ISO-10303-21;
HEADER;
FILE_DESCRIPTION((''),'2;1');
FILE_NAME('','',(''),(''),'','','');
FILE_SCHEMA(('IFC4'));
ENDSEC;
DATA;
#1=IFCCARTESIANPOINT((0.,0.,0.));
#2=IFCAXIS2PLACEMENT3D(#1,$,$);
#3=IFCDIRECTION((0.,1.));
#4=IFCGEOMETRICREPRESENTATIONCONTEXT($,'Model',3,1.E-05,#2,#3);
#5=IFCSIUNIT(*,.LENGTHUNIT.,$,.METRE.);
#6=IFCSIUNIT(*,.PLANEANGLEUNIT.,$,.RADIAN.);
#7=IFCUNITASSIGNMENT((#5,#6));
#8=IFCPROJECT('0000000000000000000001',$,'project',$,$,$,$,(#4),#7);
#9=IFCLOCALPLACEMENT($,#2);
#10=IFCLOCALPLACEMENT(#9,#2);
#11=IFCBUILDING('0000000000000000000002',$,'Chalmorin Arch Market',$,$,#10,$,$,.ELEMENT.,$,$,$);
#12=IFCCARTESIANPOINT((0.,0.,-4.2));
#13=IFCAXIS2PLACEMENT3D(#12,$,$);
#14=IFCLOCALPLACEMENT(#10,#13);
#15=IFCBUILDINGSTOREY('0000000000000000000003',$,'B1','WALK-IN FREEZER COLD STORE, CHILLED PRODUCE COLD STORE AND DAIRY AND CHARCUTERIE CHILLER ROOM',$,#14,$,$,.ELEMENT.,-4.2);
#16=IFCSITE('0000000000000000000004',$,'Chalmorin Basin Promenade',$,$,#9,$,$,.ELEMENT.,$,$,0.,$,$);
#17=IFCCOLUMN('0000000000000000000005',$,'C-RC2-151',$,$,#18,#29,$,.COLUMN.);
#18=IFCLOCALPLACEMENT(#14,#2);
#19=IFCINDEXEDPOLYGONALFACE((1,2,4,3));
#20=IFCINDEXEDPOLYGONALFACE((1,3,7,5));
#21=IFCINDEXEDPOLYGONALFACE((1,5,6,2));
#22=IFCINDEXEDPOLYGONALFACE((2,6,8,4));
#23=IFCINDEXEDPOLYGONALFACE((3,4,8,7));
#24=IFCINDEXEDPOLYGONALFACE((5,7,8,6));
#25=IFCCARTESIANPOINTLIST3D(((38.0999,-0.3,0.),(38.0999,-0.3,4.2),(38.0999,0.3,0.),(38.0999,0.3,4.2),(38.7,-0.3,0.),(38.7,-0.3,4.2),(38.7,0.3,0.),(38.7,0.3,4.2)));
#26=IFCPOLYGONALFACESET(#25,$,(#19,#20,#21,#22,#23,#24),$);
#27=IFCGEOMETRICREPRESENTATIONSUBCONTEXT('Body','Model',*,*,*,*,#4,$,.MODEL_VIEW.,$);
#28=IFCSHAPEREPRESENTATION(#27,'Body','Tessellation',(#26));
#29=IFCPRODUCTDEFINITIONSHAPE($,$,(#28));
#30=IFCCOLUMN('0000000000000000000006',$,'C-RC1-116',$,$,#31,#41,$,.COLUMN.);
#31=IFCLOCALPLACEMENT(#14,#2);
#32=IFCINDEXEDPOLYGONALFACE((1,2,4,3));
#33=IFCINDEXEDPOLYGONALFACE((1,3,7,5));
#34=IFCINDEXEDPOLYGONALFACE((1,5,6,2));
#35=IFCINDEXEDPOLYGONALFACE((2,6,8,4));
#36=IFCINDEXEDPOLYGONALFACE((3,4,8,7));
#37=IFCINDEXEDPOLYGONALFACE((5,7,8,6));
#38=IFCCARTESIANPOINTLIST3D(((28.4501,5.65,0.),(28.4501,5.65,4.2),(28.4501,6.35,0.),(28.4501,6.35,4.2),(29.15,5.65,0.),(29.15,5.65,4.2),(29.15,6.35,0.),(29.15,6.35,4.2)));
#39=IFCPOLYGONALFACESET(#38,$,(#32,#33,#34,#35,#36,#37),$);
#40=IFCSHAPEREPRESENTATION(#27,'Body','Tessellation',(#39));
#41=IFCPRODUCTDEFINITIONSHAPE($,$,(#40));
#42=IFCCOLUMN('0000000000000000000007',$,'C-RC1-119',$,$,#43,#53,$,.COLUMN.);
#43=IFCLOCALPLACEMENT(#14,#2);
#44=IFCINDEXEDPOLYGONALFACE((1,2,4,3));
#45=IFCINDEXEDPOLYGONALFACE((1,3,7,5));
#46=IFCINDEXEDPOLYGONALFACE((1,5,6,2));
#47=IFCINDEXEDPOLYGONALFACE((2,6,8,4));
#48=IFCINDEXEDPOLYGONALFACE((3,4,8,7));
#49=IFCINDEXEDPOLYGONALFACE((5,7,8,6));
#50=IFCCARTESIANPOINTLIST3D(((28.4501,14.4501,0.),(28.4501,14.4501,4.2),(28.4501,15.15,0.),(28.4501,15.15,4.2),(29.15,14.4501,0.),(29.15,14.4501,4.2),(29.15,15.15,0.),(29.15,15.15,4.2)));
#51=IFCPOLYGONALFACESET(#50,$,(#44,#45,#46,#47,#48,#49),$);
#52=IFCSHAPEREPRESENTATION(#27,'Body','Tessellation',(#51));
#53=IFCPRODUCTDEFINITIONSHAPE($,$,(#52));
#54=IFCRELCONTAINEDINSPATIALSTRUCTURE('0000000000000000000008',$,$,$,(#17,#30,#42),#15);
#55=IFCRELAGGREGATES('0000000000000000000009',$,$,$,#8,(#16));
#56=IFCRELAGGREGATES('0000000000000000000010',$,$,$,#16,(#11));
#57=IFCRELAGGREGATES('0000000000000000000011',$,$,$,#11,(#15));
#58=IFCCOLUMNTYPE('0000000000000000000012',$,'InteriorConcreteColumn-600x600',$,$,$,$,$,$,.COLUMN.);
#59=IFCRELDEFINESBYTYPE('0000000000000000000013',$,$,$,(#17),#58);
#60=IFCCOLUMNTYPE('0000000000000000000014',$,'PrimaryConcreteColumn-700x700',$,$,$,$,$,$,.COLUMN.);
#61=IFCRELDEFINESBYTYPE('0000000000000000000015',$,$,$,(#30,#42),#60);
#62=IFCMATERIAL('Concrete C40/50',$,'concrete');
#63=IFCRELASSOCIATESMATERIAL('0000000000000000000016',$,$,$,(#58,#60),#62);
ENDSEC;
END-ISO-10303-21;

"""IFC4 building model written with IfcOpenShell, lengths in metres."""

from ifc_helpers import new_model, si_unit, direction, frame, origin, origin_2d, place, context, subcontext, project, spatial, rectangle, extrude, material, material_profile, profile_set, type_object, element, save


model = new_model("IFC4")

# Units and contexts
model_context = context("Model", 3, precision=1e-05, world=origin(), true_north=direction((0.0, 1.0)))
body_context = subcontext(model_context, "Body", "Model", "MODEL_VIEW")
ifc_project = project(units=[si_unit("LENGTHUNIT", "METRE"), si_unit("PLANEANGLEUNIT", "RADIAN")], contexts=[model_context])

# Site, building, storey
site_placement = place(None, origin())
site = spatial("IfcSite", under=ifc_project, at=site_placement, Name="Chalmorin Basin Promenade", CompositionType="ELEMENT", RefElevation=0.0)
building_placement = place(site_placement, origin())
building = spatial("IfcBuilding", under=site, at=building_placement, Name="Chalmorin Arch Market", CompositionType="ELEMENT")
storey_placement = place(building_placement, frame((0.0, 0.0, -4.2)))
storey = spatial("IfcBuildingStorey", under=building, at=storey_placement, Name="B1", Description="WALK-IN FREEZER COLD STORE, CHILLED PRODUCE COLD STORE AND DAIRY AND CHARCUTERIE CHILLER ROOM", CompositionType="ELEMENT", Elevation=-4.2)

# Shared definitions
ifc_material_1 = material(Name="Concrete C40/50", Category="concrete")

# Columns
ifc_material_profile_1 = material_profile(ifc_material_1, rectangle(XDim=0.6001, YDim=0.6001, at=origin_2d()), Name="RC600X600")
ifc_profile_set_1 = profile_set([ifc_material_profile_1], Name="Concrete C40/50")
column_type_1 = type_object("IfcColumnType", Name="InteriorConcreteColumn-600x600", PredefinedType="COLUMN", material=ifc_profile_set_1)
for number, where, z_axis, x_axis, name in (
    (1, (38.3999, 0.0, 0.0), (0.0, 0.0, 1.0), (1.0, 0.0, 0.0), "C-RC2-151"),
):
    element("IfcColumn", number, at=place(storey_placement, frame(where, z_axis=z_axis, x_axis=x_axis)), inside=storey, type_object=column_type_1, Name=name, PredefinedType="COLUMN", context=body_context, shape_type="SweptSolid", body=[
        extrude(rectangle(XDim=0.6001, YDim=0.6001, at=origin_2d()), origin(), (0.0, 0.0, 1.0), 4.2),
    ])
ifc_material_profile_2 = material_profile(ifc_material_1, rectangle(XDim=0.7, YDim=0.7, at=origin_2d()), Name="RC700X700")
ifc_profile_set_2 = profile_set([ifc_material_profile_2], Name="Concrete C40/50")
column_type_2 = type_object("IfcColumnType", Name="PrimaryConcreteColumn-700x700", PredefinedType="COLUMN", material=ifc_profile_set_2)
for number, where, z_axis, x_axis, name in (
    (2, (28.8, 6.0, 0.0), (0.0, 0.0, 1.0), (1.0, 0.0, 0.0), "C-RC1-116"),
    (3, (28.8, 14.8, 0.0), (0.0, 0.0, 1.0), (1.0, 0.0, 0.0), "C-RC1-119"),
):
    element("IfcColumn", number, at=place(storey_placement, frame(where, z_axis=z_axis, x_axis=x_axis)), inside=storey, type_object=column_type_2, Name=name, PredefinedType="COLUMN", context=body_context, shape_type="SweptSolid", body=[
        extrude(rectangle(XDim=0.7, YDim=0.7, at=origin_2d()), origin(), (0.0, 0.0, 1.0), 4.2),
    ])

save(model, "model.ifc")
